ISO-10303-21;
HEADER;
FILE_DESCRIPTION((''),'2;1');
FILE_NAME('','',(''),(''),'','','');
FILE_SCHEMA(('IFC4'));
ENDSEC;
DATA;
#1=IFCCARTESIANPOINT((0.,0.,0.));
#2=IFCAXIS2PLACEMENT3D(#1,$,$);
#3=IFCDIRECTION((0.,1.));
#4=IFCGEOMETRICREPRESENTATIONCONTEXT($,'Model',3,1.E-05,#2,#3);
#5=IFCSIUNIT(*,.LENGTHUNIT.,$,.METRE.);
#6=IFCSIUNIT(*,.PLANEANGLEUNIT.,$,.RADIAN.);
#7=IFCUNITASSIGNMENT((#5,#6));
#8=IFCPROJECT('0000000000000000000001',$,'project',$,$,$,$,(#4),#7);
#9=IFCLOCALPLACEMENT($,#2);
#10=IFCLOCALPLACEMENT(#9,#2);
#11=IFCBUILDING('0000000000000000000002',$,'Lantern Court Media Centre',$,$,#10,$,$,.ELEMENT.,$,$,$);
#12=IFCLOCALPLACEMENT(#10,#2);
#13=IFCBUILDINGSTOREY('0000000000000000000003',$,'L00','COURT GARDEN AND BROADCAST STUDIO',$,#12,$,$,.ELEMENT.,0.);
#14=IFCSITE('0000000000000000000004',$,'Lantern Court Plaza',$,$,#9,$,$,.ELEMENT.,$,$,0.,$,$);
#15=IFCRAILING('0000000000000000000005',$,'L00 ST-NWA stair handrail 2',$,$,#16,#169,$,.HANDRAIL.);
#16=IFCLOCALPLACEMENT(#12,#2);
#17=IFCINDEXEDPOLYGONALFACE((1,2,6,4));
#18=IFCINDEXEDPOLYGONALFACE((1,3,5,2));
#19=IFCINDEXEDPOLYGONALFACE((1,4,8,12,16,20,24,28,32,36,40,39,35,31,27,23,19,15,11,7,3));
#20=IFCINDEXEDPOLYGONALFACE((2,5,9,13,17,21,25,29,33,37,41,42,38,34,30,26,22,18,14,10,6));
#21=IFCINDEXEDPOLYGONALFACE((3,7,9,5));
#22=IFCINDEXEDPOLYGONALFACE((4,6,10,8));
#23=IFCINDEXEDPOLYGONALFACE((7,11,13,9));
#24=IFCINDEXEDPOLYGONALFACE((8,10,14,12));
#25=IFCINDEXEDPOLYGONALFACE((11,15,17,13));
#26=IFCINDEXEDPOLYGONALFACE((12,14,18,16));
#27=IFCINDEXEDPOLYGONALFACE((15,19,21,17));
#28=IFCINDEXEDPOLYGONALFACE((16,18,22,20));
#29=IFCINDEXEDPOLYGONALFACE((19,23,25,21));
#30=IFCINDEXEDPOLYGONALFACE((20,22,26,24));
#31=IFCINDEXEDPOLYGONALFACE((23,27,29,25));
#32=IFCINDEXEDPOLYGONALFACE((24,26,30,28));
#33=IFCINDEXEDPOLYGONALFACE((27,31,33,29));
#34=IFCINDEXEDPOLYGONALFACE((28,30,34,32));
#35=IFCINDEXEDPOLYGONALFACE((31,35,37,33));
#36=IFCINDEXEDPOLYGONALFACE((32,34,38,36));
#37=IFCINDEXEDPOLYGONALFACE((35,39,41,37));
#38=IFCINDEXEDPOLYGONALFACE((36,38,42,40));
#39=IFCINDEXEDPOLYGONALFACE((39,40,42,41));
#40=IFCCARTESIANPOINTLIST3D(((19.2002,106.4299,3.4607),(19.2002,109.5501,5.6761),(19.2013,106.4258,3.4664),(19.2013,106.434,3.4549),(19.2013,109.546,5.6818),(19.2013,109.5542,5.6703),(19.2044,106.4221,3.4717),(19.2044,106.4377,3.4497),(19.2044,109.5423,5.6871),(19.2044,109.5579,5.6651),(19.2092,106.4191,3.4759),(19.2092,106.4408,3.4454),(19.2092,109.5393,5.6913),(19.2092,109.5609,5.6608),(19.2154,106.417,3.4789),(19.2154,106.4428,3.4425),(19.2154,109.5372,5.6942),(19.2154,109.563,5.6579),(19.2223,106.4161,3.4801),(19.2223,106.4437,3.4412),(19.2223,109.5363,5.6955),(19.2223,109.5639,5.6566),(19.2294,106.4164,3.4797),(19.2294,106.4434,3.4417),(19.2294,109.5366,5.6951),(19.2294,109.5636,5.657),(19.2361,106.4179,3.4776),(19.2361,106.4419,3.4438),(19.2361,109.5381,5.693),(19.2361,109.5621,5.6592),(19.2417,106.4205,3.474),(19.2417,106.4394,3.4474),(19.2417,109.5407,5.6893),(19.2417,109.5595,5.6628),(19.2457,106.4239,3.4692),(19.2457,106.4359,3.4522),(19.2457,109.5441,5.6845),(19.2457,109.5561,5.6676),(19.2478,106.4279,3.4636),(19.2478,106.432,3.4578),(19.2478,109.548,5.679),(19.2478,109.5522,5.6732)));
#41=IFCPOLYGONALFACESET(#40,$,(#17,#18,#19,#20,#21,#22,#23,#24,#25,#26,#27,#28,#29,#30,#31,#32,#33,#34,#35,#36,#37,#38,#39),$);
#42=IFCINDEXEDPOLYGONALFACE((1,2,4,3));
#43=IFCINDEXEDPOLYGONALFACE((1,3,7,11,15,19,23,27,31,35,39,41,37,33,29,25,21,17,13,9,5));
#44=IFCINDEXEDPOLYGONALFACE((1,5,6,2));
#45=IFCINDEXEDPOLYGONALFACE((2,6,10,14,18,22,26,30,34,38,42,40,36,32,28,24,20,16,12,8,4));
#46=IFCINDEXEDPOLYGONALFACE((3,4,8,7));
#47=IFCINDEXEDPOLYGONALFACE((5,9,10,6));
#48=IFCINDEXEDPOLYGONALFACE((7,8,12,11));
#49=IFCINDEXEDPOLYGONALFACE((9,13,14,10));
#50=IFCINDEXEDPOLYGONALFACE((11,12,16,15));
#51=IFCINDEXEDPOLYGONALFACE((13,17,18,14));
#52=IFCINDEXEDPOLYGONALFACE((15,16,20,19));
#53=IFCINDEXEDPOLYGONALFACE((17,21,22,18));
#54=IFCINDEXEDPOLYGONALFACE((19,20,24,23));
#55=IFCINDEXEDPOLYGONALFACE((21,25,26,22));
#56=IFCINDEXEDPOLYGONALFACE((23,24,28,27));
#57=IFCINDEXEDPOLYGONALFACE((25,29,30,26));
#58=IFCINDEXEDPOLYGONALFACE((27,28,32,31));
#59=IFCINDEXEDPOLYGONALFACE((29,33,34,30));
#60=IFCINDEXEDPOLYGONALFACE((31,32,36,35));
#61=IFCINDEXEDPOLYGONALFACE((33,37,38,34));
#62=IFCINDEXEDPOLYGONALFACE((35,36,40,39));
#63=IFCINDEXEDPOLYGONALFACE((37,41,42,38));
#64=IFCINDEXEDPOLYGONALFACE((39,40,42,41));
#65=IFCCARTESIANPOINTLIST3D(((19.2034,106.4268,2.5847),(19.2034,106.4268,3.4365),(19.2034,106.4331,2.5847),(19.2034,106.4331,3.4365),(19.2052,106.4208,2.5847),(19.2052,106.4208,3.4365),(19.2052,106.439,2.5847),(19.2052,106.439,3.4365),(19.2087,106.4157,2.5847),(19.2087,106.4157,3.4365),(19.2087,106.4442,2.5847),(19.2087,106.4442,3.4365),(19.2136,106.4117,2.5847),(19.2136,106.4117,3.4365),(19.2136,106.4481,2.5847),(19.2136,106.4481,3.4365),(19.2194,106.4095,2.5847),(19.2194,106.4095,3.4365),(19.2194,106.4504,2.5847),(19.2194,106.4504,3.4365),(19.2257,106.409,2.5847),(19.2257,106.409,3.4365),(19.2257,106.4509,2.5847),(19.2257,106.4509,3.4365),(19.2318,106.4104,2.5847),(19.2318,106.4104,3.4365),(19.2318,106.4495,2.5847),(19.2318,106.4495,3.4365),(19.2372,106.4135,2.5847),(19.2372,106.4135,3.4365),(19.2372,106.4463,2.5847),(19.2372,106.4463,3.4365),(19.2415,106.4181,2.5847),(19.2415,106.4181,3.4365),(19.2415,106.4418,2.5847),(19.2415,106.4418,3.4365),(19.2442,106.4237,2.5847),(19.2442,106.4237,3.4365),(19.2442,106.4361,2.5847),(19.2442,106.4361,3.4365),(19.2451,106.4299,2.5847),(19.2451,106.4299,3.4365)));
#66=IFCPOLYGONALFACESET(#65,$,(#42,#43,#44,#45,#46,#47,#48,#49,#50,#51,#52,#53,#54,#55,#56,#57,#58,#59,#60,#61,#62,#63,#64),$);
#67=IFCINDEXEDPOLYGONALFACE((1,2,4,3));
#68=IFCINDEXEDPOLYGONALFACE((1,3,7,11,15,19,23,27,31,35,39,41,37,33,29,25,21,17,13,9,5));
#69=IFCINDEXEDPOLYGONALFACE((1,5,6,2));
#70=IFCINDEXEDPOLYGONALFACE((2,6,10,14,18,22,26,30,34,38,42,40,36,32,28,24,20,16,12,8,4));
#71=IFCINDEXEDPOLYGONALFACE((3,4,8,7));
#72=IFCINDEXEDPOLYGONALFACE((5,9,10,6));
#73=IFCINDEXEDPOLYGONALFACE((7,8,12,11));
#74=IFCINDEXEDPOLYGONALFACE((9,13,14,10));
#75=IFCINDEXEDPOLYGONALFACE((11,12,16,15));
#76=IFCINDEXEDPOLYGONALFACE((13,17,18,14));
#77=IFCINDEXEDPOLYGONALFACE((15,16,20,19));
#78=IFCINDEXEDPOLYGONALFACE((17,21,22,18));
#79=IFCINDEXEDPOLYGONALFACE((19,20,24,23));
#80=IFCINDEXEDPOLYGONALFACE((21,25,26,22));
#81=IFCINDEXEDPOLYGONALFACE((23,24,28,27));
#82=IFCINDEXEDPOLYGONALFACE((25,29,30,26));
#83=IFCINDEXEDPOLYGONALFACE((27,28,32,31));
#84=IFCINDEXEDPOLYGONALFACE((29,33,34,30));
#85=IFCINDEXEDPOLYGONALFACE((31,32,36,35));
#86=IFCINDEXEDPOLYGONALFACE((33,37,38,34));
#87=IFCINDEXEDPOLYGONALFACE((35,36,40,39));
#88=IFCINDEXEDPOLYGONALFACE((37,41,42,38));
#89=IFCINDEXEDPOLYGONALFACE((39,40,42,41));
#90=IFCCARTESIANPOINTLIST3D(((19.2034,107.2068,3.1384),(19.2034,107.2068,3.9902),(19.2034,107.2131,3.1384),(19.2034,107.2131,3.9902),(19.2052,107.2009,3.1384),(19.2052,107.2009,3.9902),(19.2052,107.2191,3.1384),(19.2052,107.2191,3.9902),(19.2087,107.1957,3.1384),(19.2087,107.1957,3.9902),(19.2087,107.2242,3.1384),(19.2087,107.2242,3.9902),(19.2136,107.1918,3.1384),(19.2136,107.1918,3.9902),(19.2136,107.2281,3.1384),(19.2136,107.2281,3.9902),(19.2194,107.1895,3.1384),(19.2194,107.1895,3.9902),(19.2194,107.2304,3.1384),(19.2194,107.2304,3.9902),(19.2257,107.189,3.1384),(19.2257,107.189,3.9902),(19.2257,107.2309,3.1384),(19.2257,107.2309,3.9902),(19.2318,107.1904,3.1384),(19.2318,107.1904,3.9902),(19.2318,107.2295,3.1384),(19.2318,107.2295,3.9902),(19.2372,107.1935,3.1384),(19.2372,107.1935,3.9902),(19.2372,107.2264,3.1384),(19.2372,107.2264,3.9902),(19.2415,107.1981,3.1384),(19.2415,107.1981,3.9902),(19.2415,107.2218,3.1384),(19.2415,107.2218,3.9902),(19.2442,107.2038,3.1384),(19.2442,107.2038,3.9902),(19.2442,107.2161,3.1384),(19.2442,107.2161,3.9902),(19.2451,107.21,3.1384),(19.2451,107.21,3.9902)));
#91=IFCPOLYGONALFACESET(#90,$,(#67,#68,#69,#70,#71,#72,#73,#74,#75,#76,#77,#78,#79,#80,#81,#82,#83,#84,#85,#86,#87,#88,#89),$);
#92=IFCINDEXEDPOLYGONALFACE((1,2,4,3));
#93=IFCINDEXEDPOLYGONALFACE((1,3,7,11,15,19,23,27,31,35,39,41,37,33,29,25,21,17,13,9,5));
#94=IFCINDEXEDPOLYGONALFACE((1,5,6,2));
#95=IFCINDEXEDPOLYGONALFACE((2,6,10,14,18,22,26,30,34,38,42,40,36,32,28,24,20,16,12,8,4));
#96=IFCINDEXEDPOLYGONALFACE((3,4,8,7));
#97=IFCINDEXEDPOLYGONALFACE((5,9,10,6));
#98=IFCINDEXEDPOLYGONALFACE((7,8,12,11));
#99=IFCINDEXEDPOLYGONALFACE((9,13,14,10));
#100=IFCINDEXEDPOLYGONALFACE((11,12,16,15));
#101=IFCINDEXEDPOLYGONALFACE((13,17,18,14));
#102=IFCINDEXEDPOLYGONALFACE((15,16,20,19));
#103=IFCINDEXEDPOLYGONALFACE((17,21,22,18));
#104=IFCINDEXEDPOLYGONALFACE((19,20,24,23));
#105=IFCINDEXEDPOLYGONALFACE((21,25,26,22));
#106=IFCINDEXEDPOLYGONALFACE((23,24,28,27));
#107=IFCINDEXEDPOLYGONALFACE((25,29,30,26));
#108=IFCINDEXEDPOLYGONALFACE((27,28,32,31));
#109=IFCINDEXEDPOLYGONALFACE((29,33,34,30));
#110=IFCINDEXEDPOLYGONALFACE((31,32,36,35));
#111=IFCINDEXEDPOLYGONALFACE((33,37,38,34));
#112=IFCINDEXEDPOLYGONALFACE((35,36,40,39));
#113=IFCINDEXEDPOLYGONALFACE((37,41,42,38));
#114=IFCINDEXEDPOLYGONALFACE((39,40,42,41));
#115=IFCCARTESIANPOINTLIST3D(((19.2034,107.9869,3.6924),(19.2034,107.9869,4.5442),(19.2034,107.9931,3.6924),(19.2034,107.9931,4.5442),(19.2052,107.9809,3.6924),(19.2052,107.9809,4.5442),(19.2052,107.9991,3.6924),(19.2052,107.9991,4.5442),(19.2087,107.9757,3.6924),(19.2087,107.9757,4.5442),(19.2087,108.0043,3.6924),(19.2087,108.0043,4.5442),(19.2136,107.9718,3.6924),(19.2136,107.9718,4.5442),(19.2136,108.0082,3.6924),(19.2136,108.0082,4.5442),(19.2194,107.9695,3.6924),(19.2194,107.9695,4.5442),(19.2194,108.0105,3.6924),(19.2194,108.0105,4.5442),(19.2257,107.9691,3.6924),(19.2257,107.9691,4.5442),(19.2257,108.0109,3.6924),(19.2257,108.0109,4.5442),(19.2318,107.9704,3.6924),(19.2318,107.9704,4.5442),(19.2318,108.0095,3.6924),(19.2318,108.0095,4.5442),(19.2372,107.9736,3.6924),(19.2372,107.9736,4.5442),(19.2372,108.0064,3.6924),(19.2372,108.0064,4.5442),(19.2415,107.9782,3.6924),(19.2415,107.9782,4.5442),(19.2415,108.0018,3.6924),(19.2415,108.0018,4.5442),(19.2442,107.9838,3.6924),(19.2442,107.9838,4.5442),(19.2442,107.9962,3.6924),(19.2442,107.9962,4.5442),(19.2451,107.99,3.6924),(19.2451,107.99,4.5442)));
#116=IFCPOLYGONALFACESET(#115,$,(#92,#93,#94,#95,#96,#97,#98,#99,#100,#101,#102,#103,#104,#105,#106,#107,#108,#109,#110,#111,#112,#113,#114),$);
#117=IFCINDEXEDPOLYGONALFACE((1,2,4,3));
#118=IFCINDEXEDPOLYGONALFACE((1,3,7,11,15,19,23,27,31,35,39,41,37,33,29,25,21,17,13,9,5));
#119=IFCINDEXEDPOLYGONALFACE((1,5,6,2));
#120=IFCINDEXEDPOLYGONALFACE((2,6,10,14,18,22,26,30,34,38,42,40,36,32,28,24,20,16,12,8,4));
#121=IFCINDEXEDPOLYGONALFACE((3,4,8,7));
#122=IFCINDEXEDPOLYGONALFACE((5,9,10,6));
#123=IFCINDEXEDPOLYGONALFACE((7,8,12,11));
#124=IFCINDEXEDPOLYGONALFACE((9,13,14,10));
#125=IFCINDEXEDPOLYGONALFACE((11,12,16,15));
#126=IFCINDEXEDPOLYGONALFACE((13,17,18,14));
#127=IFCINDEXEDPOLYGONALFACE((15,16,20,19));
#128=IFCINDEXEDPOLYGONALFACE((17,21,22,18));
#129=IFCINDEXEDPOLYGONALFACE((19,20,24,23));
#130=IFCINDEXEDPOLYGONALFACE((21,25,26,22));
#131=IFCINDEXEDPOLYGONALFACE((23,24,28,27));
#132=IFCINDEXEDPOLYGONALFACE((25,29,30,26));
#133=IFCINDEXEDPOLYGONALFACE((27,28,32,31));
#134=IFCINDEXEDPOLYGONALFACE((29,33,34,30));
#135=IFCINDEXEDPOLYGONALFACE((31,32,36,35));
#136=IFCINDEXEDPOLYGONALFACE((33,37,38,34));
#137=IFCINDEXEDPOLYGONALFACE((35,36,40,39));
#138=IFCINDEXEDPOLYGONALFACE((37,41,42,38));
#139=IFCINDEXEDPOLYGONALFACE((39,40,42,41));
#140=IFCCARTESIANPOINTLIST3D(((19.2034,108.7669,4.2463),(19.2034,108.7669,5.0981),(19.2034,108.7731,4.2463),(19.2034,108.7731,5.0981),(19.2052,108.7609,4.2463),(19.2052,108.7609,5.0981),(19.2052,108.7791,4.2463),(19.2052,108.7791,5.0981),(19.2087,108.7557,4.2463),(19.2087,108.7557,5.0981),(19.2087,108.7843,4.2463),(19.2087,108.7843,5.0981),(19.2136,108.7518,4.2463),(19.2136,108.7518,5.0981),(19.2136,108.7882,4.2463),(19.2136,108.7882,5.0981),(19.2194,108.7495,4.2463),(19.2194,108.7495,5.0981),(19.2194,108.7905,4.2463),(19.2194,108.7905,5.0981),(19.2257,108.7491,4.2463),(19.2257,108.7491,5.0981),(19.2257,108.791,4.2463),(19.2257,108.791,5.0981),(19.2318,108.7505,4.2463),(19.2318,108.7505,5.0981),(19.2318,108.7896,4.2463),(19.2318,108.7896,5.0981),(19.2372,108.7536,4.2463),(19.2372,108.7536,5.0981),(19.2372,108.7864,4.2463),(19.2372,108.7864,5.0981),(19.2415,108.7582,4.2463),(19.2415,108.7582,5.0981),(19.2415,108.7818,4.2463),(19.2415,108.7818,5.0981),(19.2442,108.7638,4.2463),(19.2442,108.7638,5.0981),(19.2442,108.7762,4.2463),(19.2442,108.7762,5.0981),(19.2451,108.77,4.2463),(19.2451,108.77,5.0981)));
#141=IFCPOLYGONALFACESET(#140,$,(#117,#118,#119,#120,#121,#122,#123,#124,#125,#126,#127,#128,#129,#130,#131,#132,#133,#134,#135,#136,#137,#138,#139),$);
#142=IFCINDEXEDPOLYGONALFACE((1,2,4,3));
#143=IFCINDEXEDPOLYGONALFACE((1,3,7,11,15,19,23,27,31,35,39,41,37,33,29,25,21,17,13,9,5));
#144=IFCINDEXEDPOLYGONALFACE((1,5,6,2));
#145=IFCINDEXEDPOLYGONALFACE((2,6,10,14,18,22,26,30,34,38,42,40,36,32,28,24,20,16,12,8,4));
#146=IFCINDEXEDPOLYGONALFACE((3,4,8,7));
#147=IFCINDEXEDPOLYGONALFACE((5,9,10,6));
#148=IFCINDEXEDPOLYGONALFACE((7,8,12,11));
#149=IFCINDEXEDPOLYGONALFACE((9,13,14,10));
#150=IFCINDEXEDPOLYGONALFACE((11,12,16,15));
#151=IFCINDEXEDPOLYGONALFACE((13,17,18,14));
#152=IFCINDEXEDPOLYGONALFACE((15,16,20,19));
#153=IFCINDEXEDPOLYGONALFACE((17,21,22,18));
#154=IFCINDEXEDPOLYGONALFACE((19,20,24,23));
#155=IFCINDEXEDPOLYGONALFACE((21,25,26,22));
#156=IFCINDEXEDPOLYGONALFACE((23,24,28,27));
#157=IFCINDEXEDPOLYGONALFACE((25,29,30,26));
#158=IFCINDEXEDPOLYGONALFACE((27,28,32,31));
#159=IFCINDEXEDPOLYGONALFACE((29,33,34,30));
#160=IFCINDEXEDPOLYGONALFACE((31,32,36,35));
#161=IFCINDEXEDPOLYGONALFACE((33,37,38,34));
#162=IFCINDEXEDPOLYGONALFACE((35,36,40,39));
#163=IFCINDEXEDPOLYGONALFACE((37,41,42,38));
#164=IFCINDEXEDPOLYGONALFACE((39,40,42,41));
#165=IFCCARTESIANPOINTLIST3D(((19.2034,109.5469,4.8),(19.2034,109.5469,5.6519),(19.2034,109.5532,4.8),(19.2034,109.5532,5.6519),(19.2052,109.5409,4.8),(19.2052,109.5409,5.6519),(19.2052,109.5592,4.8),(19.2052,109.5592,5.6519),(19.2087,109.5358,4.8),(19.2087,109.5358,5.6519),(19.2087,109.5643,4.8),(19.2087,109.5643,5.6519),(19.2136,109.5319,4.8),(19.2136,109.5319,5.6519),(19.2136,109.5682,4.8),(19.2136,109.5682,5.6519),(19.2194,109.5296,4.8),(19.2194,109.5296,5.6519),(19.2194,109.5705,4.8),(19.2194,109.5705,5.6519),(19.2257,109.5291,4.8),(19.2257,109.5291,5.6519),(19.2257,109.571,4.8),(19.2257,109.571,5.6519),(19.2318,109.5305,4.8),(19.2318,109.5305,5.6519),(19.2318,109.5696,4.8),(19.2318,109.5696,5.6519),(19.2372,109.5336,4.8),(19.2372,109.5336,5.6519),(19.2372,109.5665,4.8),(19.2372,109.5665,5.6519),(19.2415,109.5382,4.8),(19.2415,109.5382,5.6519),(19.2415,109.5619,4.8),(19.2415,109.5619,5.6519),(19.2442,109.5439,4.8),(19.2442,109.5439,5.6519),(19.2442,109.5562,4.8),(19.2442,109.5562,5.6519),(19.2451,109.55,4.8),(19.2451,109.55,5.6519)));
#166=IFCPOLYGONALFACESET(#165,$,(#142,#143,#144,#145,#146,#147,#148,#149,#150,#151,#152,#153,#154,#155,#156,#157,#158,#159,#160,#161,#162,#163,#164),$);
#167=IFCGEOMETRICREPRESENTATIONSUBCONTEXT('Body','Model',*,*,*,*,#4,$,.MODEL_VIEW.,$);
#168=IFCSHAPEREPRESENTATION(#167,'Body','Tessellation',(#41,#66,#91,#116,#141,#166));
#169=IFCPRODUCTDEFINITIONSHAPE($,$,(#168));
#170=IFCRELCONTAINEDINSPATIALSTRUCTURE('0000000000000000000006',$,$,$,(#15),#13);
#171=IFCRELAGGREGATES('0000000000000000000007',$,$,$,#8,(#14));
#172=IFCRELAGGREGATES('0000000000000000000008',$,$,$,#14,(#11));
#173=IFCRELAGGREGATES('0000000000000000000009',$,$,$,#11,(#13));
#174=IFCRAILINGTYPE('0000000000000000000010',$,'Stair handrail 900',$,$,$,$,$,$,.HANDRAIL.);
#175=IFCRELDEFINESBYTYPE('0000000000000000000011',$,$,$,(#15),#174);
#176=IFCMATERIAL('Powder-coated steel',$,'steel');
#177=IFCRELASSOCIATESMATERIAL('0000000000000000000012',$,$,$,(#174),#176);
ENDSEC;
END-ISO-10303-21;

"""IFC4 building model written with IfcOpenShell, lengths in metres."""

from ifc_helpers import new_model, si_unit, direction, frame, origin, origin_2d, place, context, subcontext, project, spatial, circle, extrude, material, type_object, element, save


model = new_model("IFC4")

# Units and contexts
model_context = context("Model", 3, precision=1e-05, world=origin(), true_north=direction((0.0, 1.0)))
body_context = subcontext(model_context, "Body", "Model", "MODEL_VIEW")
ifc_project = project(units=[si_unit("LENGTHUNIT", "METRE"), si_unit("PLANEANGLEUNIT", "RADIAN")], contexts=[model_context])

# Site, building, storey
site_placement = place(None, origin())
site = spatial("IfcSite", under=ifc_project, at=site_placement, Name="Lantern Court Plaza", CompositionType="ELEMENT", RefElevation=0.0)
building_placement = place(site_placement, origin())
building = spatial("IfcBuilding", under=site, at=building_placement, Name="Lantern Court Media Centre", CompositionType="ELEMENT")
storey_placement = place(building_placement, origin())
storey = spatial("IfcBuildingStorey", under=building, at=storey_placement, Name="L00", Description="COURT GARDEN AND BROADCAST STUDIO", CompositionType="ELEMENT", Elevation=0.0)

# Railing
ifc_material_1 = material(Name="Powder-coated steel", Category="steel")
railing_type_1 = type_object("IfcRailingType", Name="Stair handrail 900", PredefinedType="HANDRAIL", material=ifc_material_1)
railing_1_placement = place(storey_placement, frame((19.2241, 106.4299, 2.5847)))
element("IfcRailing", 1, at=railing_1_placement, inside=storey, type_object=railing_type_1, Name="L00 ST-NWA stair handrail 2", PredefinedType="HANDRAIL", context=body_context, shape_type="SweptSolid", body=[
    extrude(circle(Radius=0.0239, at=origin_2d()), frame((0.0, 0.0, 0.876), z_axis=(0.0, 0.815377, 0.57893), x_axis=(-1.0, 0.0, 0.0)), (0.0, 0.0, 1.0), 3.8267),
    extrude(circle(Radius=0.021, at=origin_2d()), origin(), (0.0, 0.0, 1.0), 0.8518),
    extrude(circle(Radius=0.021, at=origin_2d()), frame((0.0, 0.78, 0.5537)), (0.0, 0.0, 1.0), 0.8518),
    extrude(circle(Radius=0.021, at=origin_2d()), frame((0.0, 1.5601, 1.1077)), (0.0, 0.0, 1.0), 0.8518),
    extrude(circle(Radius=0.021, at=origin_2d()), frame((0.0, 2.3401, 1.6616)), (0.0, 0.0, 1.0), 0.8518),
    extrude(circle(Radius=0.021, at=origin_2d()), frame((0.0, 3.1201, 2.2153)), (0.0, 0.0, 1.0), 0.8518),
])

save(model, "model.ifc")
